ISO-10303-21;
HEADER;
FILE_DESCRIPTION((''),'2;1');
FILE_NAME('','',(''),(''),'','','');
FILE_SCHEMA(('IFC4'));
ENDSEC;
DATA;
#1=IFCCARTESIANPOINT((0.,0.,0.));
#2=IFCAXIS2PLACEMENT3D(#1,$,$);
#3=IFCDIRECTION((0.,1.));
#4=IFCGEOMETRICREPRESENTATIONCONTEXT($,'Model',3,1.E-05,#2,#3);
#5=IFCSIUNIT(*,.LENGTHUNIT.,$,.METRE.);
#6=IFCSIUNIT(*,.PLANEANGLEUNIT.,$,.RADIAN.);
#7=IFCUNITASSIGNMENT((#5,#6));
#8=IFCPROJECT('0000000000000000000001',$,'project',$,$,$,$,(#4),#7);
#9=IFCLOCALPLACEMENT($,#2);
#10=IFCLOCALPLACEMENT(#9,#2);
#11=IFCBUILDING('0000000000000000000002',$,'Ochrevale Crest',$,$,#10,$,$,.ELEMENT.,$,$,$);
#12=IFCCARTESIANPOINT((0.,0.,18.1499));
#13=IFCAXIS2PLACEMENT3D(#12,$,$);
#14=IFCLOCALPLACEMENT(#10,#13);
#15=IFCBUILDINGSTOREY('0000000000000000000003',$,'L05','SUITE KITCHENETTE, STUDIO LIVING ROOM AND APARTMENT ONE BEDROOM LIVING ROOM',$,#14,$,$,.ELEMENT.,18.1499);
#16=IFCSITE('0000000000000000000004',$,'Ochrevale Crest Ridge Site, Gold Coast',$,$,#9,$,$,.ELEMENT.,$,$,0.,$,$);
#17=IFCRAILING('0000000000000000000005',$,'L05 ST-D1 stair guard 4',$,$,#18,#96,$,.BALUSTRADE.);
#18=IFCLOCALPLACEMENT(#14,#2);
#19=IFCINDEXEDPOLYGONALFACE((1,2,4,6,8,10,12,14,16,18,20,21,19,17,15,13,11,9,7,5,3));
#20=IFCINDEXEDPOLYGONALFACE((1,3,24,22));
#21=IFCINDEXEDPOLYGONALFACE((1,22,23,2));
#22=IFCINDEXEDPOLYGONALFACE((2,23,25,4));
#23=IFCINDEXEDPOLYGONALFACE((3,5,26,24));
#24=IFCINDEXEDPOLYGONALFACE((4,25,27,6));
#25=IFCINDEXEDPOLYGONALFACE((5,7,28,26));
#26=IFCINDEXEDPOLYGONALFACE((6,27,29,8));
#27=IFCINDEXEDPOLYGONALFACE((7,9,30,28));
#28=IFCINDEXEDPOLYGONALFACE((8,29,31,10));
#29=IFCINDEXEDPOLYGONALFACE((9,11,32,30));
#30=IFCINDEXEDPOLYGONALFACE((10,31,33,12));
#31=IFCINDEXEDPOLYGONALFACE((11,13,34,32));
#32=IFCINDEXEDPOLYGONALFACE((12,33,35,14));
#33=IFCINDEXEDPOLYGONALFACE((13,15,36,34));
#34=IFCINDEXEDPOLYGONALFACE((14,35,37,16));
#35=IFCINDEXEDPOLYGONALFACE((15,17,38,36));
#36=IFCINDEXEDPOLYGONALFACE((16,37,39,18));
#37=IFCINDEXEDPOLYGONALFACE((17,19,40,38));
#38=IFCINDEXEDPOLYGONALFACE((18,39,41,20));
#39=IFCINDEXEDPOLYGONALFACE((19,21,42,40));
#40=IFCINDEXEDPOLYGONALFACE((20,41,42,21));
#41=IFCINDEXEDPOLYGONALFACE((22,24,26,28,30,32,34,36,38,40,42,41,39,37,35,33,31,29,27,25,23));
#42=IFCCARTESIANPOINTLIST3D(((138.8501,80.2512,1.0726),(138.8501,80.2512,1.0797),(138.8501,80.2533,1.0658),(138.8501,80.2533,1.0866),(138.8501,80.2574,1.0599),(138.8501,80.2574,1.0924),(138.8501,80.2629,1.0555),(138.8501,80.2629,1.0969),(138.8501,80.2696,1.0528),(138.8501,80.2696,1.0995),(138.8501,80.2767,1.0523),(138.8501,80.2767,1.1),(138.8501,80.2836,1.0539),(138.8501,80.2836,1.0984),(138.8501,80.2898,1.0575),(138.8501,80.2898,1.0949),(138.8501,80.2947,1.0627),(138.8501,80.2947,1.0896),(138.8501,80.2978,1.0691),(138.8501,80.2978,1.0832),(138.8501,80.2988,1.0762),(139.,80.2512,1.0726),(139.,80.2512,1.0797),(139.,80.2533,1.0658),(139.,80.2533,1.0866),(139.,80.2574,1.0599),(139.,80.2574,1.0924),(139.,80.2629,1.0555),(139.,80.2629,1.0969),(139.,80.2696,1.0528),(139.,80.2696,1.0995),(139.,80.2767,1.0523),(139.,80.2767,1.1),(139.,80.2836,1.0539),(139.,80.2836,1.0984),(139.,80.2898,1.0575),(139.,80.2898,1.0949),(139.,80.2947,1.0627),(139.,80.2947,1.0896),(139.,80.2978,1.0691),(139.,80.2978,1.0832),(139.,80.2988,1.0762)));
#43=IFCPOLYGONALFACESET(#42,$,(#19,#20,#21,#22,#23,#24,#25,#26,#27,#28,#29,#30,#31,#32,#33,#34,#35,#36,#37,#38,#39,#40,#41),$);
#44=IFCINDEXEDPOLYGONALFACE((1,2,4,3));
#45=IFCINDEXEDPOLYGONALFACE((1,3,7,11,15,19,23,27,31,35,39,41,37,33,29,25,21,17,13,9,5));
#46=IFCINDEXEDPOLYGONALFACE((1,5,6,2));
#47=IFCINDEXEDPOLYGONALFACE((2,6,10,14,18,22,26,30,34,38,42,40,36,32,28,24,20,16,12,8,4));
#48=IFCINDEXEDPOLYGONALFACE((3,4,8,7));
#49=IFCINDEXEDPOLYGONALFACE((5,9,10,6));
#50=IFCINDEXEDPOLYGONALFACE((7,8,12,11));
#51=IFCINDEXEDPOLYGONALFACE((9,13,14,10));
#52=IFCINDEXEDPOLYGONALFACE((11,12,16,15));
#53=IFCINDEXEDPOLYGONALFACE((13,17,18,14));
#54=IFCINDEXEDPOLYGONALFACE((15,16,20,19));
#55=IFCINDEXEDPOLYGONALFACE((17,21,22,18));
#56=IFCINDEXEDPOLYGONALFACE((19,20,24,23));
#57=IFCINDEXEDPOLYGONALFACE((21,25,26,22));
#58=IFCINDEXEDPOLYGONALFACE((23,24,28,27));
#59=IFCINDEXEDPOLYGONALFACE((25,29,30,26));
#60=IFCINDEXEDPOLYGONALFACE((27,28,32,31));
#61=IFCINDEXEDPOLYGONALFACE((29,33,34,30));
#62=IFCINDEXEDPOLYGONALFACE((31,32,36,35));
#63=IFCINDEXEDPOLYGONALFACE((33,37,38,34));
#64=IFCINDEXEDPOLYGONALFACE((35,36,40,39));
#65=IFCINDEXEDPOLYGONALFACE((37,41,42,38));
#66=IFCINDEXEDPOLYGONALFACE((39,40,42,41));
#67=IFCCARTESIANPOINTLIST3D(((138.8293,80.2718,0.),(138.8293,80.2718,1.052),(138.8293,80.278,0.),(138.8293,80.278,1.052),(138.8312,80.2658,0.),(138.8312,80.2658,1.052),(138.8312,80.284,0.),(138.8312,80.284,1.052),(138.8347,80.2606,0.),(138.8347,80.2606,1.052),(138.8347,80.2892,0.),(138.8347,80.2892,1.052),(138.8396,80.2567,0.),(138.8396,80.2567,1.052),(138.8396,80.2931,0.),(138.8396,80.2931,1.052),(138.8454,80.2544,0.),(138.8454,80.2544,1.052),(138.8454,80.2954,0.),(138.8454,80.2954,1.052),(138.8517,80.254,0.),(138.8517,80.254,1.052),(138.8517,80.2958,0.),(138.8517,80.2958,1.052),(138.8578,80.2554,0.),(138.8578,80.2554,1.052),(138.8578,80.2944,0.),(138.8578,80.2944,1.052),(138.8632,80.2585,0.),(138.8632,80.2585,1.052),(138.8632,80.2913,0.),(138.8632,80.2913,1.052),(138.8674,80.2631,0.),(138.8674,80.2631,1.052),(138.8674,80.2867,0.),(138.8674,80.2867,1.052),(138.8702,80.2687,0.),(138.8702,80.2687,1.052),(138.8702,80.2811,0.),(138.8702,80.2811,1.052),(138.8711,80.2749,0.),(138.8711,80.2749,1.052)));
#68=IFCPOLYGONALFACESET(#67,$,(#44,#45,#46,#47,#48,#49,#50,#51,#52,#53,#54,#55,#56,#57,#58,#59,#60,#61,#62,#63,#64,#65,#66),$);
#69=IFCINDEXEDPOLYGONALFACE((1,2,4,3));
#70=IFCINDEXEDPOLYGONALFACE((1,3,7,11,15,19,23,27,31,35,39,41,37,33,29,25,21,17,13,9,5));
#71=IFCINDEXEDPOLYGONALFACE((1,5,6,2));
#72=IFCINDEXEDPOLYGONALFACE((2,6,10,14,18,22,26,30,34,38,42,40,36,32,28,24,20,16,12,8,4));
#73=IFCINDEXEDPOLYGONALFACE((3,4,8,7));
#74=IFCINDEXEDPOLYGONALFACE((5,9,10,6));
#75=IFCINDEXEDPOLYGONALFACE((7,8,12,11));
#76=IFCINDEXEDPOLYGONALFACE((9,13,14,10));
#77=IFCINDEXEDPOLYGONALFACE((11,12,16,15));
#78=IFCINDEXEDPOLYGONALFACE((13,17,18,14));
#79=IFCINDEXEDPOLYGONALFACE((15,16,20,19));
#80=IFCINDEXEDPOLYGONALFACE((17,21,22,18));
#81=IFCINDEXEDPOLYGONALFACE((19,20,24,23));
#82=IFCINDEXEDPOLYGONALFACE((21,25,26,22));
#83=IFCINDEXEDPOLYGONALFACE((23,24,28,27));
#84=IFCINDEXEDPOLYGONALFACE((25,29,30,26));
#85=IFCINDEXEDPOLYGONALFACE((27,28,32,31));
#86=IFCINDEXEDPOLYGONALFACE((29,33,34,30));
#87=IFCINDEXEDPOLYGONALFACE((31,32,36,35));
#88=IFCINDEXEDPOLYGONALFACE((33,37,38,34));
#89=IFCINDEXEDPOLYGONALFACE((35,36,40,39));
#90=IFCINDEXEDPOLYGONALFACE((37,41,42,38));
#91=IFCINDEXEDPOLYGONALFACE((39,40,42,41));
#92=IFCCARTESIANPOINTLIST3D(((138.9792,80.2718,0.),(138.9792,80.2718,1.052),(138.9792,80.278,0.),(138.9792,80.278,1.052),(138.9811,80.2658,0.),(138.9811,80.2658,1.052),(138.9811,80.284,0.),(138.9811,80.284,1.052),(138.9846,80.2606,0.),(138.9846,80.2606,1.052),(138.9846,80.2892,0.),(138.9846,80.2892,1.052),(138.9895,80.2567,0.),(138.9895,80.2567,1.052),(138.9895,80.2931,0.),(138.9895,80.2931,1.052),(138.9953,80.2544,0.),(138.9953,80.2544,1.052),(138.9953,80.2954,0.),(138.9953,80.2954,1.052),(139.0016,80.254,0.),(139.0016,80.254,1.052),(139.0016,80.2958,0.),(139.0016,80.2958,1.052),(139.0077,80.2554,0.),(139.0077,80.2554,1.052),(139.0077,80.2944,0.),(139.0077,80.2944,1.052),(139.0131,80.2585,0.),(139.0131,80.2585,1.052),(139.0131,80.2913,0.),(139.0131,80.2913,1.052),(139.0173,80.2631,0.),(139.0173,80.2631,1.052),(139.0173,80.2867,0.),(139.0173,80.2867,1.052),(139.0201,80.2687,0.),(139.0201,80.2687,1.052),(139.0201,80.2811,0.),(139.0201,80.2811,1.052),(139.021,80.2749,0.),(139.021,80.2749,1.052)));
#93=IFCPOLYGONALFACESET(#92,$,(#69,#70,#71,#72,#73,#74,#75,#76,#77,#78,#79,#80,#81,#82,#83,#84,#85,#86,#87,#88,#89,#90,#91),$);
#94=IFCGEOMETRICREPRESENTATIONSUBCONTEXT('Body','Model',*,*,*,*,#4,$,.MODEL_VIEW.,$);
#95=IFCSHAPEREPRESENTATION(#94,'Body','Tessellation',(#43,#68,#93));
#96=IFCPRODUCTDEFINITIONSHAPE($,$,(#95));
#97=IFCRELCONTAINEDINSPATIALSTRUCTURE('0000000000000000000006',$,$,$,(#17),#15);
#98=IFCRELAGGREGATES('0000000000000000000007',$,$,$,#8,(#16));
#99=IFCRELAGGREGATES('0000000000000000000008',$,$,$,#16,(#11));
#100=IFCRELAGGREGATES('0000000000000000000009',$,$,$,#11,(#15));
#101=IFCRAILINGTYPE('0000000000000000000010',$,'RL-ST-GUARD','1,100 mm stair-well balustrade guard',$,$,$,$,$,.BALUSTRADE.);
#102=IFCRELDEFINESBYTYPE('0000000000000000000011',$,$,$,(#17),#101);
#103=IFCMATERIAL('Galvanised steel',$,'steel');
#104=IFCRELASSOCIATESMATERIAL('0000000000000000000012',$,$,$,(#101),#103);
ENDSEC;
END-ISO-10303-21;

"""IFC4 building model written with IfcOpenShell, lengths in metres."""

from ifc_helpers import new_model, si_unit, direction, frame, origin, origin_2d, place, context, subcontext, project, spatial, circle, extrude, material, type_object, element, save


model = new_model("IFC4")

# Units and contexts
model_context = context("Model", 3, precision=1e-05, world=origin(), true_north=direction((0.0, 1.0)))
body_context = subcontext(model_context, "Body", "Model", "MODEL_VIEW")
ifc_project = project(units=[si_unit("LENGTHUNIT", "METRE"), si_unit("PLANEANGLEUNIT", "RADIAN")], contexts=[model_context])

# Site, building, storey
site_placement = place(None, origin())
site = spatial("IfcSite", under=ifc_project, at=site_placement, Name="Ochrevale Crest Ridge Site, Gold Coast", CompositionType="ELEMENT", RefElevation=0.0)
building_placement = place(site_placement, origin())
building = spatial("IfcBuilding", under=site, at=building_placement, Name="Ochrevale Crest", CompositionType="ELEMENT")
storey_placement = place(building_placement, frame((0.0, 0.0, 18.1499)))
storey = spatial("IfcBuildingStorey", under=building, at=storey_placement, Name="L05", Description="SUITE KITCHENETTE, STUDIO LIVING ROOM AND APARTMENT ONE BEDROOM LIVING ROOM", CompositionType="ELEMENT", Elevation=18.1499)

# Railing
ifc_material_1 = material(Name="Galvanised steel", Category="steel")
railing_type = type_object("IfcRailingType", Name="RL-ST-GUARD", Description="1,100 mm stair-well balustrade guard", PredefinedType="BALUSTRADE", material=ifc_material_1)
railing_1_placement = place(storey_placement, frame((138.8501, 80.2749, 0.0)))
element("IfcRailing", 1, at=railing_1_placement, inside=storey, type_object=railing_type, Name="L05 ST-D1 stair guard 4", PredefinedType="BALUSTRADE", context=body_context, shape_type="SweptSolid", body=[
    extrude(circle(Radius=0.0239, at=origin_2d()), frame((0.0, 0.0, 1.0762), z_axis=(1.0, 0.0, 0.0), x_axis=(0.0, 1.0, 0.0)), (0.0, 0.0, 1.0), 0.1499),
    extrude(circle(Radius=0.021, at=origin_2d()), origin(), (0.0, 0.0, 1.0), 1.052),
    extrude(circle(Radius=0.021, at=origin_2d()), frame((0.1499, 0.0, 0.0)), (0.0, 0.0, 1.0), 1.052),
])

save(model, "model.ifc")
